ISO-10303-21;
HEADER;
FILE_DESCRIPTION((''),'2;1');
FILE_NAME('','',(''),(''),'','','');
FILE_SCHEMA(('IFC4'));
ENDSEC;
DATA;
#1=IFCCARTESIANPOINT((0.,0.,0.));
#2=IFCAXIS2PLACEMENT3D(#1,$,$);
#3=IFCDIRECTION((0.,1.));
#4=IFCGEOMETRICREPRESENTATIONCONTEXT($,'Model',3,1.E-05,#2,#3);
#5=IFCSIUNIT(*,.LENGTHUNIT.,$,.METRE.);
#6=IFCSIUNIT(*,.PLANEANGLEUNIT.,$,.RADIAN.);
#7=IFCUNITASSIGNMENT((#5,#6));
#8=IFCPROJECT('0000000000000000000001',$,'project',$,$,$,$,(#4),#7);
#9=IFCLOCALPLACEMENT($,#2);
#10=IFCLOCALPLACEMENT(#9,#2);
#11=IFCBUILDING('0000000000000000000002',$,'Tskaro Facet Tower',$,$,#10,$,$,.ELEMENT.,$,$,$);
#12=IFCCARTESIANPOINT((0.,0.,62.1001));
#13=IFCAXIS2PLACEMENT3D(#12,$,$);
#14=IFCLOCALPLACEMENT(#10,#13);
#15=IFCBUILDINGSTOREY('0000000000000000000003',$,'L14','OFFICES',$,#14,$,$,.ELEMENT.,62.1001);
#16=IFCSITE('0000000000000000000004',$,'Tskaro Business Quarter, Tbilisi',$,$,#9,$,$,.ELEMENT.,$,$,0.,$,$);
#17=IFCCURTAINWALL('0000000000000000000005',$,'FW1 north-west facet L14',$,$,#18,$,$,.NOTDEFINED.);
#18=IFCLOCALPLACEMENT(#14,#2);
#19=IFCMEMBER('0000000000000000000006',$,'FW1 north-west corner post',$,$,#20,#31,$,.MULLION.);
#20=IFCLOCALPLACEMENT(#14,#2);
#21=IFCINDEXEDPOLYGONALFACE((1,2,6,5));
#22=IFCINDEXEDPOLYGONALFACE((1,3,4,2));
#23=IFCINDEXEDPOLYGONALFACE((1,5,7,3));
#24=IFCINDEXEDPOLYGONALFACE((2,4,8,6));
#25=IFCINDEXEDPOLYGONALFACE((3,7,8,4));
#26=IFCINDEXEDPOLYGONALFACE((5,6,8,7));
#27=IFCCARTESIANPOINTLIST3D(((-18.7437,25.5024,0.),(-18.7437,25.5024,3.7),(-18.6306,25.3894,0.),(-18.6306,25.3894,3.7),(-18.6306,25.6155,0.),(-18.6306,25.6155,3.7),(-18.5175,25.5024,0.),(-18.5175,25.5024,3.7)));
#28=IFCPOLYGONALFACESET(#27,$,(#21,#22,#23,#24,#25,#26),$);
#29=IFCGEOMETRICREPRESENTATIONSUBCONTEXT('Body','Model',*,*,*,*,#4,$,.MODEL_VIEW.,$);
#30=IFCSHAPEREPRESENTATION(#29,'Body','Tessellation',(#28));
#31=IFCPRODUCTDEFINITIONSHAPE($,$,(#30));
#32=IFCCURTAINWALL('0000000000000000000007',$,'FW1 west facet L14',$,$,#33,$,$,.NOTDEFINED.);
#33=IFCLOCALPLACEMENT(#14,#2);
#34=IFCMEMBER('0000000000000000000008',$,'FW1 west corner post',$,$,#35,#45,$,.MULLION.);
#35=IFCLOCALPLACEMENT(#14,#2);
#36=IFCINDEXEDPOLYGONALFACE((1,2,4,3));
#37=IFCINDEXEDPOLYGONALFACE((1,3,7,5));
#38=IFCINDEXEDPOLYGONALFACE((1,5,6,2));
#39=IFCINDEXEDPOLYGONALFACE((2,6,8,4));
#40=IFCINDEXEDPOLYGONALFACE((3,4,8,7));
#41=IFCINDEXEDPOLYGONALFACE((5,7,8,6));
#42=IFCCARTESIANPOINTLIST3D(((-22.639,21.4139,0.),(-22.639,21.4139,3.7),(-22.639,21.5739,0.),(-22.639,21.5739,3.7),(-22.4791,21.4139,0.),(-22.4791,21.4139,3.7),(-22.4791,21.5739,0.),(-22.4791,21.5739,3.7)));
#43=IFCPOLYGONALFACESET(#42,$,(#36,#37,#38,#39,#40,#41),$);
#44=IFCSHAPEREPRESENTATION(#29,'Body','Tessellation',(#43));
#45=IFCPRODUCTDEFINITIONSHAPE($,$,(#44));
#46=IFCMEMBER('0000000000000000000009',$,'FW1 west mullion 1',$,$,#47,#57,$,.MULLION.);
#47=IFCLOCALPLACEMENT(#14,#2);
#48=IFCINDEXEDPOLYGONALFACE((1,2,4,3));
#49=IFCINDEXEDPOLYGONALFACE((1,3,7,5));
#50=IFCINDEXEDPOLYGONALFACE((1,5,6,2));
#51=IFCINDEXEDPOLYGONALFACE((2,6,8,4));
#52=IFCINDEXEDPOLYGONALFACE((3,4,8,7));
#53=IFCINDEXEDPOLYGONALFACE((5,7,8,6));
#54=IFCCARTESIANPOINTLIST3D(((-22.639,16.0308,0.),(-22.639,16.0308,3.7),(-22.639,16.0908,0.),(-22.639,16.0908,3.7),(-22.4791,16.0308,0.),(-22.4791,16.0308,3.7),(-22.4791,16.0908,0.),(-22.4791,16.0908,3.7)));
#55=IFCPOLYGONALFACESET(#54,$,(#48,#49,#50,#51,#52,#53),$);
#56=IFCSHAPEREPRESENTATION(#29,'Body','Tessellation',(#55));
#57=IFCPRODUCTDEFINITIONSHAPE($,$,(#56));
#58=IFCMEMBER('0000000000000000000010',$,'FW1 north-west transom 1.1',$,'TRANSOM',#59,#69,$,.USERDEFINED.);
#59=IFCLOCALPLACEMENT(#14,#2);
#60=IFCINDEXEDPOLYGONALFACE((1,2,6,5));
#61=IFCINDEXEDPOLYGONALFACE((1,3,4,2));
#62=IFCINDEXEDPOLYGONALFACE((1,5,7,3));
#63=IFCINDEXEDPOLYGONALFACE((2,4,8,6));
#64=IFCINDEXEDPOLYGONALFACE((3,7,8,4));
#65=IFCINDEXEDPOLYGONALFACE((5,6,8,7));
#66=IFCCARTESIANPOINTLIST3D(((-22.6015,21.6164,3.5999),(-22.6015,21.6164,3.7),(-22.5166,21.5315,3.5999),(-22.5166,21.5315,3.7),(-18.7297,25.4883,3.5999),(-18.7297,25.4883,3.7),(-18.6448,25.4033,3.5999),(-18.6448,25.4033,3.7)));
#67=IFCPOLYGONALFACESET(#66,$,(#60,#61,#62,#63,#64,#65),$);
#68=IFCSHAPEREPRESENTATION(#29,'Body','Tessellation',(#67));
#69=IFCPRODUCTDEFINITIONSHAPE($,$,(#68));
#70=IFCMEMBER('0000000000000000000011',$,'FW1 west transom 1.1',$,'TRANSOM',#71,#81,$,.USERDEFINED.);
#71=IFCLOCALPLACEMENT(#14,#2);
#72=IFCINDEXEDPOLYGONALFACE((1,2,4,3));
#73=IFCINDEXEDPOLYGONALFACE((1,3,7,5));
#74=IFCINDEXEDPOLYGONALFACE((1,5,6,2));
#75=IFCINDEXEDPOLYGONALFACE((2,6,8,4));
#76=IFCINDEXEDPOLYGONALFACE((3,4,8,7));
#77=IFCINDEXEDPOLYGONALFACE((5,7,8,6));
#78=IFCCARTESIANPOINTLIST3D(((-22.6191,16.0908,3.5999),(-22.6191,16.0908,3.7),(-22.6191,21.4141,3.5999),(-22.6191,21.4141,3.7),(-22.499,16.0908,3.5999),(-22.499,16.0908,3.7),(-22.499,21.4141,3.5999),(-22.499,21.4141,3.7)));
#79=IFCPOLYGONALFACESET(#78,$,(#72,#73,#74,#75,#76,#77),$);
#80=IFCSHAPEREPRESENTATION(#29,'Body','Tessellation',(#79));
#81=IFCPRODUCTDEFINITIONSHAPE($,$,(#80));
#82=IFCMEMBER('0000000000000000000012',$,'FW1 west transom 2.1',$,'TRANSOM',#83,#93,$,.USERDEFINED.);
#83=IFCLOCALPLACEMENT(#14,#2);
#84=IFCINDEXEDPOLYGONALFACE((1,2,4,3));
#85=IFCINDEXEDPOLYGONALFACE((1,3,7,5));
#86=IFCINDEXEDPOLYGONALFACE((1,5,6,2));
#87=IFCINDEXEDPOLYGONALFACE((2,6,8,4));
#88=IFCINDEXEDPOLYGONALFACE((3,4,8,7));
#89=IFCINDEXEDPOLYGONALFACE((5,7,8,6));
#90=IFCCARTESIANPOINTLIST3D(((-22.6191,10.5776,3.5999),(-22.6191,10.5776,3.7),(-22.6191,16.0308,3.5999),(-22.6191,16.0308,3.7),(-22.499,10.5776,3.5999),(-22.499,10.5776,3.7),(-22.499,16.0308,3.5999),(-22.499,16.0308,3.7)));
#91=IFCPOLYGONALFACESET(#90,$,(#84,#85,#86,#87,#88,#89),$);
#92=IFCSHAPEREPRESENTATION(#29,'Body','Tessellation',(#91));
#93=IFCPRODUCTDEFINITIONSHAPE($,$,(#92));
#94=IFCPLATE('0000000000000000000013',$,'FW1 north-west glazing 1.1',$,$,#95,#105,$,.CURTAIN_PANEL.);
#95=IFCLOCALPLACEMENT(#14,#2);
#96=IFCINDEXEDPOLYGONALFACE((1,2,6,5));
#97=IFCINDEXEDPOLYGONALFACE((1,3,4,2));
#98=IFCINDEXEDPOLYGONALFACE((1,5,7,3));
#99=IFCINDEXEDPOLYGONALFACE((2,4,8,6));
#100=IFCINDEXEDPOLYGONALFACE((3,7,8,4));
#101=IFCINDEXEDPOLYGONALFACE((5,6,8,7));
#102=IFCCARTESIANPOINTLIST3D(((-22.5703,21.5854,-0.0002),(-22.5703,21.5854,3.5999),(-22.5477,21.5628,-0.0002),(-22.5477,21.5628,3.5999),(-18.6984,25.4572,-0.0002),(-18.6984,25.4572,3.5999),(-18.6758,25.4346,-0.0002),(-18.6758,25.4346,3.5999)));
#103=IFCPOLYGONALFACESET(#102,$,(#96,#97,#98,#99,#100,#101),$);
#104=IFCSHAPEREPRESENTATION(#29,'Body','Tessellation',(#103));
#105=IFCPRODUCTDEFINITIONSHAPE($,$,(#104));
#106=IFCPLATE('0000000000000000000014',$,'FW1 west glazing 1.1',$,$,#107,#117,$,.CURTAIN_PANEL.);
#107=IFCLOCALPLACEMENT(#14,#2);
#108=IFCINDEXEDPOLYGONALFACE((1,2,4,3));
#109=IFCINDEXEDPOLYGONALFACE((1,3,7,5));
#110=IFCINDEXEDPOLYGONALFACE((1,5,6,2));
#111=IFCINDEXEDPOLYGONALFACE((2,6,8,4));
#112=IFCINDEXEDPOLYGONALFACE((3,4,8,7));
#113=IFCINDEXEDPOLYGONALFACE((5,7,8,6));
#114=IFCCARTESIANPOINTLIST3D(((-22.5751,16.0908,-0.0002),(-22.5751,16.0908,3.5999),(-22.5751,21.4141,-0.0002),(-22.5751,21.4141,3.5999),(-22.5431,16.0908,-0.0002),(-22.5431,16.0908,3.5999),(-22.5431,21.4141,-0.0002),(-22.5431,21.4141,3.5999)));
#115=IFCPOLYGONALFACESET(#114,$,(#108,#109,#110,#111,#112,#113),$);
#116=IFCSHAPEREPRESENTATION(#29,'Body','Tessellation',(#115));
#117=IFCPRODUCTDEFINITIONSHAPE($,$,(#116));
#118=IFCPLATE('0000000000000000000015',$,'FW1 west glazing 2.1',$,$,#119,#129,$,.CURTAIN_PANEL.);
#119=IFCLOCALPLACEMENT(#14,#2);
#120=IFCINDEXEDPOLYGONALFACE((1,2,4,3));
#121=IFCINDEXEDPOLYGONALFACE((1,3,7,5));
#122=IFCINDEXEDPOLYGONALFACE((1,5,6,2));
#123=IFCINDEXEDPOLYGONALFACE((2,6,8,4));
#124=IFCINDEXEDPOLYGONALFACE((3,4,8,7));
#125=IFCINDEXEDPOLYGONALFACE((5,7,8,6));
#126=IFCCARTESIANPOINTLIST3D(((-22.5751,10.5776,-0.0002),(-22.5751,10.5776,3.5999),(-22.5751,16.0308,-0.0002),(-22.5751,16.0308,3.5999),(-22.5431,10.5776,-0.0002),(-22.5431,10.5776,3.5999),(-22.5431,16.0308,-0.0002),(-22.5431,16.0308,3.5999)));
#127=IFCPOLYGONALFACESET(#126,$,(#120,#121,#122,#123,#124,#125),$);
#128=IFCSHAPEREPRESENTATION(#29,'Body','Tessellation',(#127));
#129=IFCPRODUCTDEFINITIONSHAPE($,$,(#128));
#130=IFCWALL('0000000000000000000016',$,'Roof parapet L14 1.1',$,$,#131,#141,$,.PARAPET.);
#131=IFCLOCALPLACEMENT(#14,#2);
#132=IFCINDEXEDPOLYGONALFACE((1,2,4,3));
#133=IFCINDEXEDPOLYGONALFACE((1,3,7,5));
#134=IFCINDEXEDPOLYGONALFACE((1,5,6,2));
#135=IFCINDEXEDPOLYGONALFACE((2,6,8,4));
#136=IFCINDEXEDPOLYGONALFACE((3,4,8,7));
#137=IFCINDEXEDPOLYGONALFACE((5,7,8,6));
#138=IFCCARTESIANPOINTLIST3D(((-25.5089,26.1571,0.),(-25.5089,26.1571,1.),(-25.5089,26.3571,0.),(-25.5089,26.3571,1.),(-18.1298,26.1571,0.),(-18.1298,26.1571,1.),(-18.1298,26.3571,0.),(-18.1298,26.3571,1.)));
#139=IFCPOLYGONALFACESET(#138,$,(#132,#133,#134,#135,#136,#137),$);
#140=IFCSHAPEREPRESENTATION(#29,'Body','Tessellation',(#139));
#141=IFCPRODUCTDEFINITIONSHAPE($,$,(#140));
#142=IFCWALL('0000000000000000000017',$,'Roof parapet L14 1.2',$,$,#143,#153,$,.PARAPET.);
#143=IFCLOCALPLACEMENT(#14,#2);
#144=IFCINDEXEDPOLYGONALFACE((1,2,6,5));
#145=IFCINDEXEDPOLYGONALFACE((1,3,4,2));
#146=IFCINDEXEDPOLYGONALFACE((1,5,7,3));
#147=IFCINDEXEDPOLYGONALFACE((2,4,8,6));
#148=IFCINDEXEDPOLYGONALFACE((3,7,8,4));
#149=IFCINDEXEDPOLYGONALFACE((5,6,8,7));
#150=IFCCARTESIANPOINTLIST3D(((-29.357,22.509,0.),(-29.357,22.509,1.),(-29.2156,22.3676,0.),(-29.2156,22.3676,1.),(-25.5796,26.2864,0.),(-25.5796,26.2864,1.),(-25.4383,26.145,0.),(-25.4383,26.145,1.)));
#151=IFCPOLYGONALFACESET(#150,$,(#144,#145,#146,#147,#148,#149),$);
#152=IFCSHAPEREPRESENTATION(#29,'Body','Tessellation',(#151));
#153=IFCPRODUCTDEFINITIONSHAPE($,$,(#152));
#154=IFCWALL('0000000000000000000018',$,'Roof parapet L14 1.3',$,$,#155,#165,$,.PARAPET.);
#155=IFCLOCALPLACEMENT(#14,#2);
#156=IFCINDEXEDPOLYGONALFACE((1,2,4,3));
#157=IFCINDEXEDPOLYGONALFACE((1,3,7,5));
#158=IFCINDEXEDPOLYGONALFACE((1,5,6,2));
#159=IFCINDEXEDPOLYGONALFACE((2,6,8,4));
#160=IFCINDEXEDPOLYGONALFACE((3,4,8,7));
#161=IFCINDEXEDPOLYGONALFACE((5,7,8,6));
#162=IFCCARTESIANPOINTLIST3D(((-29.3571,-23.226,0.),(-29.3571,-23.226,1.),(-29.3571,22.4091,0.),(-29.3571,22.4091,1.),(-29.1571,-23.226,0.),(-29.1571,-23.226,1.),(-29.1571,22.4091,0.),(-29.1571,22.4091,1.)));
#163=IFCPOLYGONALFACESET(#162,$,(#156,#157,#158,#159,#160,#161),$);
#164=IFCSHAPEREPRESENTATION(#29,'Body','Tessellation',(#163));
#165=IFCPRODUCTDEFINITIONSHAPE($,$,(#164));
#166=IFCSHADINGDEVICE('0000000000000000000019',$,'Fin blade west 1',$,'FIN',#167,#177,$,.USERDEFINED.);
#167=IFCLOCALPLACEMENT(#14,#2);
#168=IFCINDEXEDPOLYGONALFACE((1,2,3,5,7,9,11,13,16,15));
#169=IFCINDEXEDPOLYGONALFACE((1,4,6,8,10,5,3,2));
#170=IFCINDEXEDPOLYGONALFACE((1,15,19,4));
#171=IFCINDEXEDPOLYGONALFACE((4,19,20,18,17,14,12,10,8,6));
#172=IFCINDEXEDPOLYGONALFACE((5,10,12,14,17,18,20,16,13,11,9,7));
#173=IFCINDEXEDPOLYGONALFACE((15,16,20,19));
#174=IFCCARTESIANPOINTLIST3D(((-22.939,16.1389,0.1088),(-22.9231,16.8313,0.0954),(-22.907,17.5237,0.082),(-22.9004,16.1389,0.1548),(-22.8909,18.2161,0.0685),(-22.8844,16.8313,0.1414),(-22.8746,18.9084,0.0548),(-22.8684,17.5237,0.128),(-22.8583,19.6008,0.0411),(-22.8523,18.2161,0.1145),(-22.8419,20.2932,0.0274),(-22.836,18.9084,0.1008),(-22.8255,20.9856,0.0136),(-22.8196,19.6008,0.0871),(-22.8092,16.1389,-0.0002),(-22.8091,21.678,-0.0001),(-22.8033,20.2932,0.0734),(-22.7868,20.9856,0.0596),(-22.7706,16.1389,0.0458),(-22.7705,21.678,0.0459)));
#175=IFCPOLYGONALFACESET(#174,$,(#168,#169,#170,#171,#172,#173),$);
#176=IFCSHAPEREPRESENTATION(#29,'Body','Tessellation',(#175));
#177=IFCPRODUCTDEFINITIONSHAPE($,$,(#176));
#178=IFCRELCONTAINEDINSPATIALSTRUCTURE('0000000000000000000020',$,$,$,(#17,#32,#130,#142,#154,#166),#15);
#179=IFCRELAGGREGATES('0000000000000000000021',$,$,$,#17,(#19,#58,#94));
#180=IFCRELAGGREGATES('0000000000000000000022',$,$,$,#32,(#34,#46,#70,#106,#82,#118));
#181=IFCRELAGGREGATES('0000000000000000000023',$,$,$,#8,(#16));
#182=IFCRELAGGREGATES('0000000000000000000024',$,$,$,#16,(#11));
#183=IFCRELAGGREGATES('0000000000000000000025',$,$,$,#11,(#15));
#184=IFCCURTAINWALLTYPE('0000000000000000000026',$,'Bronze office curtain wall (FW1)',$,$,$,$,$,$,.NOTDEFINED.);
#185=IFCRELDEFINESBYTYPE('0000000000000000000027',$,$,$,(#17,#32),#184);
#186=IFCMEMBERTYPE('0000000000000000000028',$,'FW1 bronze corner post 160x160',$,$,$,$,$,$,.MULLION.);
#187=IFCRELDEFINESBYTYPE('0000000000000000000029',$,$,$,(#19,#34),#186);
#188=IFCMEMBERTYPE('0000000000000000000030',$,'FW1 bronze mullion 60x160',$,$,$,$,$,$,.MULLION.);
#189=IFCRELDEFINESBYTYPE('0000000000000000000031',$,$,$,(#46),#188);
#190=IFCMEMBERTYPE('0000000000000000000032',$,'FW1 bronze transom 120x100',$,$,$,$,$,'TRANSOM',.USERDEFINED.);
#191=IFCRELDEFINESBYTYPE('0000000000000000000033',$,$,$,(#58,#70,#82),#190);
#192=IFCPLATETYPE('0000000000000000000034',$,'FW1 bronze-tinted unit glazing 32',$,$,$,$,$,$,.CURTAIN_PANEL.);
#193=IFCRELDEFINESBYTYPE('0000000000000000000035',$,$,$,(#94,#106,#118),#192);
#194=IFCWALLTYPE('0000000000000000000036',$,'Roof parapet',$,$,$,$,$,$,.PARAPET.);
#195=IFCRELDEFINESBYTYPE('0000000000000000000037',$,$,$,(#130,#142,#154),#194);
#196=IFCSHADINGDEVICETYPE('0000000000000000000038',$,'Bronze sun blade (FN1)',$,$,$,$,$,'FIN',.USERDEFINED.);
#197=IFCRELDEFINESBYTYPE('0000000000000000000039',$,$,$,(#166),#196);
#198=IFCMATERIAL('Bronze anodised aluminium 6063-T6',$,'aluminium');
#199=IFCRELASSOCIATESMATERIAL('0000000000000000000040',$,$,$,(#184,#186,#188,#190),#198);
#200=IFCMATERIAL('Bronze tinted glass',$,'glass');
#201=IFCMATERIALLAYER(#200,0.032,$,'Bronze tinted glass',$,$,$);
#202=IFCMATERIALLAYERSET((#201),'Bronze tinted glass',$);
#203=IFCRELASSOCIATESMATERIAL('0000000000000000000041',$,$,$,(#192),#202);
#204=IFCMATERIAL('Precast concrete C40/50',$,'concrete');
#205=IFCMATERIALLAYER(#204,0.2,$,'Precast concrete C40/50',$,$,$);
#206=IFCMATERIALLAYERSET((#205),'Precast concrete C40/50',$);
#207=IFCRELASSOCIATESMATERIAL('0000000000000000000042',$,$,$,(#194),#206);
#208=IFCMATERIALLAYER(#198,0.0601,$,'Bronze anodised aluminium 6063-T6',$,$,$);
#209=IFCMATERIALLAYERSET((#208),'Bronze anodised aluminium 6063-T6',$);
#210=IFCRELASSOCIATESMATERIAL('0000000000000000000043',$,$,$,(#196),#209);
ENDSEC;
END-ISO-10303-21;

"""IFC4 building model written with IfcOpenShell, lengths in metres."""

from ifc_helpers import new_model, si_unit, direction, frame, frame_2d, origin, origin_2d, place, context, subcontext, project, spatial, polyline, rectangle, outline, extrude, material, layer, layer_set, material_profile, profile_set, type_object, element, aggregate, save


model = new_model("IFC4")

# Units and contexts
model_context = context("Model", 3, precision=1e-05, world=origin(), true_north=direction((0.0, 1.0)))
body_context = subcontext(model_context, "Body", "Model", "MODEL_VIEW")
ifc_project = project(units=[si_unit("LENGTHUNIT", "METRE"), si_unit("PLANEANGLEUNIT", "RADIAN")], contexts=[model_context])

# Site, building, storey
site_placement = place(None, origin())
site = spatial("IfcSite", under=ifc_project, at=site_placement, Name="Tskaro Business Quarter, Tbilisi", CompositionType="ELEMENT", RefElevation=0.0)
building_placement = place(site_placement, origin())
building = spatial("IfcBuilding", under=site, at=building_placement, Name="Tskaro Facet Tower", CompositionType="ELEMENT")
storey_placement = place(building_placement, frame((0.0, 0.0, 62.1001)))
storey = spatial("IfcBuildingStorey", under=building, at=storey_placement, Name="L14", Description="OFFICES", CompositionType="ELEMENT", Elevation=62.1001)

# Curtain wall, member
ifc_material_1 = material(Name="Bronze anodised aluminium 6063-T6", Category="aluminium")
curtain_wall_type = type_object("IfcCurtainWallType", Name="Bronze office curtain wall (FW1)", PredefinedType="NOTDEFINED", material=ifc_material_1)
curtain_wall_1_placement = place(storey_placement, origin())
curtain_wall_1 = element("IfcCurtainWall", 1, at=curtain_wall_1_placement, inside=storey, type_object=curtain_wall_type, Name="FW1 north-west facet L14", PredefinedType="NOTDEFINED")
ifc_material_profile_1 = material_profile(ifc_material_1, rectangle(XDim=0.1599, YDim=0.1599, at=origin_2d()), Name="Corner post 160x160")
ifc_profile_set_1 = profile_set([ifc_material_profile_1], Name="Bronze anodised aluminium 6063-T6")
member_type_1 = type_object("IfcMemberType", Name="FW1 bronze corner post 160x160", PredefinedType="MULLION", material=ifc_profile_set_1)
member_1_placement = place(storey_placement, frame((-18.6306, 25.5024, 0.0), z_axis=(0.0, 0.0, 1.0), x_axis=(-0.707107, -0.707107, 0.0)))
member_1 = element("IfcMember", 2, at=member_1_placement, type_object=member_type_1, Name="FW1 north-west corner post", PredefinedType="MULLION", context=body_context, shape_type="SweptSolid", body=[
    extrude(rectangle(XDim=0.1599, YDim=0.1599, at=origin_2d()), origin(), (0.0, 0.0, 1.0), 3.7),
])

# Curtain wall, members
curtain_wall_2_placement = place(storey_placement, origin())
curtain_wall_2 = element("IfcCurtainWall", 3, at=curtain_wall_2_placement, inside=storey, type_object=curtain_wall_type, Name="FW1 west facet L14", PredefinedType="NOTDEFINED")
member_2_placement = place(storey_placement, frame((-22.5591, 21.4939, 0.0), z_axis=(0.0, 0.0, 1.0), x_axis=(0.0, -1.0, 0.0)))
member_2 = element("IfcMember", 4, at=member_2_placement, type_object=member_type_1, Name="FW1 west corner post", PredefinedType="MULLION", context=body_context, shape_type="SweptSolid", body=[
    extrude(rectangle(XDim=0.1599, YDim=0.1599, at=origin_2d()), origin(), (0.0, 0.0, 1.0), 3.7),
])
ifc_material_profile_2 = material_profile(ifc_material_1, rectangle(XDim=0.0601, YDim=0.1599, at=origin_2d()), Name="Mullion 60x160")
ifc_profile_set_2 = profile_set([ifc_material_profile_2], Name="Bronze anodised aluminium 6063-T6")
member_type_2 = type_object("IfcMemberType", Name="FW1 bronze mullion 60x160", PredefinedType="MULLION", material=ifc_profile_set_2)
member_3_placement = place(storey_placement, frame((-22.5591, 16.0608, 0.0), z_axis=(0.0, 0.0, 1.0), x_axis=(0.0, -1.0, 0.0)))
member_3 = element("IfcMember", 5, at=member_3_placement, type_object=member_type_2, Name="FW1 west mullion 1", PredefinedType="MULLION", context=body_context, shape_type="SweptSolid", body=[
    extrude(rectangle(XDim=0.0601, YDim=0.1599, at=origin_2d()), origin(), (0.0, 0.0, 1.0), 3.7),
])

# Members
ifc_material_profile_3 = material_profile(ifc_material_1, rectangle(XDim=0.1201, YDim=0.1001, at=origin_2d()), Name="Transom 120x100")
ifc_profile_set_3 = profile_set([ifc_material_profile_3], Name="Bronze anodised aluminium 6063-T6")
member_type_3 = type_object("IfcMemberType", Name="FW1 bronze transom 120x100", ElementType="TRANSOM", PredefinedType="USERDEFINED", material=ifc_profile_set_3)
member_4_placement = place(storey_placement, frame((-18.6873, 25.4458, 3.6499), z_axis=(-0.707107, -0.707107, 0.0), x_axis=(0.707107, -0.707107, 0.0)))
member_4 = element("IfcMember", 6, at=member_4_placement, type_object=member_type_3, Name="FW1 north-west transom 1.1", ObjectType="TRANSOM", PredefinedType="USERDEFINED", context=body_context, shape_type="SweptSolid", body=[
    extrude(rectangle(XDim=0.1201, YDim=0.1001, at=origin_2d()), origin(), (0.0, 0.0, 1.0), 5.4756),
])
member_5_placement = place(storey_placement, frame((-22.5591, 21.4141, 3.6499), z_axis=(0.0, -1.0, 0.0), x_axis=(1.0, 0.0, 0.0)))
member_5 = element("IfcMember", 7, at=member_5_placement, type_object=member_type_3, Name="FW1 west transom 1.1", ObjectType="TRANSOM", PredefinedType="USERDEFINED", context=body_context, shape_type="SweptSolid", body=[
    extrude(rectangle(XDim=0.1201, YDim=0.1001, at=origin_2d()), origin(), (0.0, 0.0, 1.0), 5.3232),
])
member_6_placement = place(storey_placement, frame((-22.5591, 16.0308, 3.6499), z_axis=(0.0, -1.0, 0.0), x_axis=(1.0, 0.0, 0.0)))
member_6 = element("IfcMember", 8, at=member_6_placement, type_object=member_type_3, Name="FW1 west transom 2.1", ObjectType="TRANSOM", PredefinedType="USERDEFINED", context=body_context, shape_type="SweptSolid", body=[
    extrude(rectangle(XDim=0.1201, YDim=0.1001, at=origin_2d()), origin(), (0.0, 0.0, 1.0), 5.4531),
])

# Plates
ifc_material_2 = material(Name="Bronze tinted glass", Category="glass")
ifc_layer_1 = layer(ifc_material_2, 0.032, Name="Bronze tinted glass")
ifc_layer_set_1 = layer_set([ifc_layer_1], Name="Bronze tinted glass")
plate_type = type_object("IfcPlateType", Name="FW1 bronze-tinted unit glazing 32", PredefinedType="CURTAIN_PANEL", material=ifc_layer_set_1)
plate_1_placement = place(storey_placement, frame((-20.623, 23.51, -0.0002), z_axis=(0.0, 0.0, 1.0), x_axis=(-0.707107, -0.707107, 0.0)))
plate_1 = element("IfcPlate", 9, at=plate_1_placement, type_object=plate_type, Name="FW1 north-west glazing 1.1", PredefinedType="CURTAIN_PANEL", context=body_context, shape_type="SweptSolid", body=[
    extrude(rectangle(XDim=5.4756, YDim=0.032, at=origin_2d()), origin(), (0.0, 0.0, 1.0), 3.6001),
])
aggregate(curtain_wall_1, [member_1, member_4, plate_1])
plate_2_placement = place(storey_placement, frame((-22.5591, 18.7524, -0.0002), z_axis=(0.0, 0.0, 1.0), x_axis=(0.0, -1.0, 0.0)))
plate_2 = element("IfcPlate", 10, at=plate_2_placement, type_object=plate_type, Name="FW1 west glazing 1.1", PredefinedType="CURTAIN_PANEL", context=body_context, shape_type="SweptSolid", body=[
    extrude(rectangle(XDim=5.3232, YDim=0.032, at=origin_2d()), origin(), (0.0, 0.0, 1.0), 3.6001),
])
plate_3_placement = place(storey_placement, frame((-22.5591, 13.3042, -0.0002), z_axis=(0.0, 0.0, 1.0), x_axis=(0.0, -1.0, 0.0)))
plate_3 = element("IfcPlate", 11, at=plate_3_placement, type_object=plate_type, Name="FW1 west glazing 2.1", PredefinedType="CURTAIN_PANEL", context=body_context, shape_type="SweptSolid", body=[
    extrude(rectangle(XDim=5.4531, YDim=0.032, at=origin_2d()), origin(), (0.0, 0.0, 1.0), 3.6001),
])
aggregate(curtain_wall_2, [member_2, member_3, member_5, plate_2, member_6, plate_3])

# Walls
ifc_material_3 = material(Name="Precast concrete C40/50", Category="concrete")
ifc_layer_2 = layer(ifc_material_3, 0.2, Name="Precast concrete C40/50")
ifc_layer_set_2 = layer_set([ifc_layer_2], Name="Precast concrete C40/50")
wall_type = type_object("IfcWallType", Name="Roof parapet", PredefinedType="PARAPET", material=ifc_layer_set_2)
wall_1_placement = place(storey_placement, frame((-18.1299, 26.2571, 0.0), z_axis=(0.0, 0.0, 1.0), x_axis=(-1.0, 0.0, 0.0)))
element("IfcWall", 12, at=wall_1_placement, inside=storey, type_object=wall_type, Name="Roof parapet L14 1.1", PredefinedType="PARAPET", context=body_context, shape_type="SweptSolid", body=[
    extrude(rectangle(XDim=7.3792, YDim=0.2, at=frame_2d((3.6895, 0.0))), origin(), (0.0, 0.0, 1.0), 1.0),
])
wall_2_placement = place(storey_placement, frame((-25.509, 26.2156, 0.0), z_axis=(0.0, 0.0, 1.0), x_axis=(-0.707107, -0.707107, 0.0)))
element("IfcWall", 13, at=wall_2_placement, inside=storey, type_object=wall_type, Name="Roof parapet L14 1.2", PredefinedType="PARAPET", context=body_context, shape_type="SweptSolid", body=[
    extrude(rectangle(XDim=5.342, YDim=0.2, at=frame_2d((2.6709, 0.0))), origin(), (0.0, 0.0, 1.0), 1.0),
])
wall_3_placement = place(storey_placement, frame((-29.2571, 22.4089, 0.0), z_axis=(0.0, 0.0, 1.0), x_axis=(0.0, -1.0, 0.0)))
element("IfcWall", 14, at=wall_3_placement, inside=storey, type_object=wall_type, Name="Roof parapet L14 1.3", PredefinedType="PARAPET", context=body_context, shape_type="SweptSolid", body=[
    extrude(rectangle(XDim=45.635, YDim=0.2, at=frame_2d((22.8174, 0.0))), origin(), (0.0, 0.0, 1.0), 1.0),
])

# Shading device
ifc_layer_3 = layer(ifc_material_1, 0.0601, Name="Bronze anodised aluminium 6063-T6")
ifc_layer_set_3 = layer_set([ifc_layer_3], Name="Bronze anodised aluminium 6063-T6")
shading_device_type = type_object("IfcShadingDeviceType", Name="Bronze sun blade (FN1)", ElementType="FIN", PredefinedType="USERDEFINED", material=ifc_layer_set_3)
shading_device_1_placement = place(storey_placement, frame((-22.7705, 21.678, 0.0459), z_axis=(0.642999, -0.000022, 0.765867), x_axis=(-0.000014, -1.0, -0.000017)))
element("IfcShadingDevice", 15, at=shading_device_1_placement, inside=storey, type_object=shading_device_type, Name="Fin blade west 1", ObjectType="FIN", PredefinedType="USERDEFINED", context=body_context, shape_type="SweptSolid", body=[
    extrude(outline(polyline([(0.0, 0.0), (5.5391, 0.0), (5.5391, -0.1695), (4.8467, -0.1487), (4.1543, -0.1277), (3.4619, -0.1068), (2.7695, -0.0854), (2.0771, -0.0641), (1.3848, -0.0428), (0.6924, -0.0213), (0.0, 0.0)])), origin(), (0.0, 0.0, -1.0), 0.0601),
])

save(model, "model.ifc")
